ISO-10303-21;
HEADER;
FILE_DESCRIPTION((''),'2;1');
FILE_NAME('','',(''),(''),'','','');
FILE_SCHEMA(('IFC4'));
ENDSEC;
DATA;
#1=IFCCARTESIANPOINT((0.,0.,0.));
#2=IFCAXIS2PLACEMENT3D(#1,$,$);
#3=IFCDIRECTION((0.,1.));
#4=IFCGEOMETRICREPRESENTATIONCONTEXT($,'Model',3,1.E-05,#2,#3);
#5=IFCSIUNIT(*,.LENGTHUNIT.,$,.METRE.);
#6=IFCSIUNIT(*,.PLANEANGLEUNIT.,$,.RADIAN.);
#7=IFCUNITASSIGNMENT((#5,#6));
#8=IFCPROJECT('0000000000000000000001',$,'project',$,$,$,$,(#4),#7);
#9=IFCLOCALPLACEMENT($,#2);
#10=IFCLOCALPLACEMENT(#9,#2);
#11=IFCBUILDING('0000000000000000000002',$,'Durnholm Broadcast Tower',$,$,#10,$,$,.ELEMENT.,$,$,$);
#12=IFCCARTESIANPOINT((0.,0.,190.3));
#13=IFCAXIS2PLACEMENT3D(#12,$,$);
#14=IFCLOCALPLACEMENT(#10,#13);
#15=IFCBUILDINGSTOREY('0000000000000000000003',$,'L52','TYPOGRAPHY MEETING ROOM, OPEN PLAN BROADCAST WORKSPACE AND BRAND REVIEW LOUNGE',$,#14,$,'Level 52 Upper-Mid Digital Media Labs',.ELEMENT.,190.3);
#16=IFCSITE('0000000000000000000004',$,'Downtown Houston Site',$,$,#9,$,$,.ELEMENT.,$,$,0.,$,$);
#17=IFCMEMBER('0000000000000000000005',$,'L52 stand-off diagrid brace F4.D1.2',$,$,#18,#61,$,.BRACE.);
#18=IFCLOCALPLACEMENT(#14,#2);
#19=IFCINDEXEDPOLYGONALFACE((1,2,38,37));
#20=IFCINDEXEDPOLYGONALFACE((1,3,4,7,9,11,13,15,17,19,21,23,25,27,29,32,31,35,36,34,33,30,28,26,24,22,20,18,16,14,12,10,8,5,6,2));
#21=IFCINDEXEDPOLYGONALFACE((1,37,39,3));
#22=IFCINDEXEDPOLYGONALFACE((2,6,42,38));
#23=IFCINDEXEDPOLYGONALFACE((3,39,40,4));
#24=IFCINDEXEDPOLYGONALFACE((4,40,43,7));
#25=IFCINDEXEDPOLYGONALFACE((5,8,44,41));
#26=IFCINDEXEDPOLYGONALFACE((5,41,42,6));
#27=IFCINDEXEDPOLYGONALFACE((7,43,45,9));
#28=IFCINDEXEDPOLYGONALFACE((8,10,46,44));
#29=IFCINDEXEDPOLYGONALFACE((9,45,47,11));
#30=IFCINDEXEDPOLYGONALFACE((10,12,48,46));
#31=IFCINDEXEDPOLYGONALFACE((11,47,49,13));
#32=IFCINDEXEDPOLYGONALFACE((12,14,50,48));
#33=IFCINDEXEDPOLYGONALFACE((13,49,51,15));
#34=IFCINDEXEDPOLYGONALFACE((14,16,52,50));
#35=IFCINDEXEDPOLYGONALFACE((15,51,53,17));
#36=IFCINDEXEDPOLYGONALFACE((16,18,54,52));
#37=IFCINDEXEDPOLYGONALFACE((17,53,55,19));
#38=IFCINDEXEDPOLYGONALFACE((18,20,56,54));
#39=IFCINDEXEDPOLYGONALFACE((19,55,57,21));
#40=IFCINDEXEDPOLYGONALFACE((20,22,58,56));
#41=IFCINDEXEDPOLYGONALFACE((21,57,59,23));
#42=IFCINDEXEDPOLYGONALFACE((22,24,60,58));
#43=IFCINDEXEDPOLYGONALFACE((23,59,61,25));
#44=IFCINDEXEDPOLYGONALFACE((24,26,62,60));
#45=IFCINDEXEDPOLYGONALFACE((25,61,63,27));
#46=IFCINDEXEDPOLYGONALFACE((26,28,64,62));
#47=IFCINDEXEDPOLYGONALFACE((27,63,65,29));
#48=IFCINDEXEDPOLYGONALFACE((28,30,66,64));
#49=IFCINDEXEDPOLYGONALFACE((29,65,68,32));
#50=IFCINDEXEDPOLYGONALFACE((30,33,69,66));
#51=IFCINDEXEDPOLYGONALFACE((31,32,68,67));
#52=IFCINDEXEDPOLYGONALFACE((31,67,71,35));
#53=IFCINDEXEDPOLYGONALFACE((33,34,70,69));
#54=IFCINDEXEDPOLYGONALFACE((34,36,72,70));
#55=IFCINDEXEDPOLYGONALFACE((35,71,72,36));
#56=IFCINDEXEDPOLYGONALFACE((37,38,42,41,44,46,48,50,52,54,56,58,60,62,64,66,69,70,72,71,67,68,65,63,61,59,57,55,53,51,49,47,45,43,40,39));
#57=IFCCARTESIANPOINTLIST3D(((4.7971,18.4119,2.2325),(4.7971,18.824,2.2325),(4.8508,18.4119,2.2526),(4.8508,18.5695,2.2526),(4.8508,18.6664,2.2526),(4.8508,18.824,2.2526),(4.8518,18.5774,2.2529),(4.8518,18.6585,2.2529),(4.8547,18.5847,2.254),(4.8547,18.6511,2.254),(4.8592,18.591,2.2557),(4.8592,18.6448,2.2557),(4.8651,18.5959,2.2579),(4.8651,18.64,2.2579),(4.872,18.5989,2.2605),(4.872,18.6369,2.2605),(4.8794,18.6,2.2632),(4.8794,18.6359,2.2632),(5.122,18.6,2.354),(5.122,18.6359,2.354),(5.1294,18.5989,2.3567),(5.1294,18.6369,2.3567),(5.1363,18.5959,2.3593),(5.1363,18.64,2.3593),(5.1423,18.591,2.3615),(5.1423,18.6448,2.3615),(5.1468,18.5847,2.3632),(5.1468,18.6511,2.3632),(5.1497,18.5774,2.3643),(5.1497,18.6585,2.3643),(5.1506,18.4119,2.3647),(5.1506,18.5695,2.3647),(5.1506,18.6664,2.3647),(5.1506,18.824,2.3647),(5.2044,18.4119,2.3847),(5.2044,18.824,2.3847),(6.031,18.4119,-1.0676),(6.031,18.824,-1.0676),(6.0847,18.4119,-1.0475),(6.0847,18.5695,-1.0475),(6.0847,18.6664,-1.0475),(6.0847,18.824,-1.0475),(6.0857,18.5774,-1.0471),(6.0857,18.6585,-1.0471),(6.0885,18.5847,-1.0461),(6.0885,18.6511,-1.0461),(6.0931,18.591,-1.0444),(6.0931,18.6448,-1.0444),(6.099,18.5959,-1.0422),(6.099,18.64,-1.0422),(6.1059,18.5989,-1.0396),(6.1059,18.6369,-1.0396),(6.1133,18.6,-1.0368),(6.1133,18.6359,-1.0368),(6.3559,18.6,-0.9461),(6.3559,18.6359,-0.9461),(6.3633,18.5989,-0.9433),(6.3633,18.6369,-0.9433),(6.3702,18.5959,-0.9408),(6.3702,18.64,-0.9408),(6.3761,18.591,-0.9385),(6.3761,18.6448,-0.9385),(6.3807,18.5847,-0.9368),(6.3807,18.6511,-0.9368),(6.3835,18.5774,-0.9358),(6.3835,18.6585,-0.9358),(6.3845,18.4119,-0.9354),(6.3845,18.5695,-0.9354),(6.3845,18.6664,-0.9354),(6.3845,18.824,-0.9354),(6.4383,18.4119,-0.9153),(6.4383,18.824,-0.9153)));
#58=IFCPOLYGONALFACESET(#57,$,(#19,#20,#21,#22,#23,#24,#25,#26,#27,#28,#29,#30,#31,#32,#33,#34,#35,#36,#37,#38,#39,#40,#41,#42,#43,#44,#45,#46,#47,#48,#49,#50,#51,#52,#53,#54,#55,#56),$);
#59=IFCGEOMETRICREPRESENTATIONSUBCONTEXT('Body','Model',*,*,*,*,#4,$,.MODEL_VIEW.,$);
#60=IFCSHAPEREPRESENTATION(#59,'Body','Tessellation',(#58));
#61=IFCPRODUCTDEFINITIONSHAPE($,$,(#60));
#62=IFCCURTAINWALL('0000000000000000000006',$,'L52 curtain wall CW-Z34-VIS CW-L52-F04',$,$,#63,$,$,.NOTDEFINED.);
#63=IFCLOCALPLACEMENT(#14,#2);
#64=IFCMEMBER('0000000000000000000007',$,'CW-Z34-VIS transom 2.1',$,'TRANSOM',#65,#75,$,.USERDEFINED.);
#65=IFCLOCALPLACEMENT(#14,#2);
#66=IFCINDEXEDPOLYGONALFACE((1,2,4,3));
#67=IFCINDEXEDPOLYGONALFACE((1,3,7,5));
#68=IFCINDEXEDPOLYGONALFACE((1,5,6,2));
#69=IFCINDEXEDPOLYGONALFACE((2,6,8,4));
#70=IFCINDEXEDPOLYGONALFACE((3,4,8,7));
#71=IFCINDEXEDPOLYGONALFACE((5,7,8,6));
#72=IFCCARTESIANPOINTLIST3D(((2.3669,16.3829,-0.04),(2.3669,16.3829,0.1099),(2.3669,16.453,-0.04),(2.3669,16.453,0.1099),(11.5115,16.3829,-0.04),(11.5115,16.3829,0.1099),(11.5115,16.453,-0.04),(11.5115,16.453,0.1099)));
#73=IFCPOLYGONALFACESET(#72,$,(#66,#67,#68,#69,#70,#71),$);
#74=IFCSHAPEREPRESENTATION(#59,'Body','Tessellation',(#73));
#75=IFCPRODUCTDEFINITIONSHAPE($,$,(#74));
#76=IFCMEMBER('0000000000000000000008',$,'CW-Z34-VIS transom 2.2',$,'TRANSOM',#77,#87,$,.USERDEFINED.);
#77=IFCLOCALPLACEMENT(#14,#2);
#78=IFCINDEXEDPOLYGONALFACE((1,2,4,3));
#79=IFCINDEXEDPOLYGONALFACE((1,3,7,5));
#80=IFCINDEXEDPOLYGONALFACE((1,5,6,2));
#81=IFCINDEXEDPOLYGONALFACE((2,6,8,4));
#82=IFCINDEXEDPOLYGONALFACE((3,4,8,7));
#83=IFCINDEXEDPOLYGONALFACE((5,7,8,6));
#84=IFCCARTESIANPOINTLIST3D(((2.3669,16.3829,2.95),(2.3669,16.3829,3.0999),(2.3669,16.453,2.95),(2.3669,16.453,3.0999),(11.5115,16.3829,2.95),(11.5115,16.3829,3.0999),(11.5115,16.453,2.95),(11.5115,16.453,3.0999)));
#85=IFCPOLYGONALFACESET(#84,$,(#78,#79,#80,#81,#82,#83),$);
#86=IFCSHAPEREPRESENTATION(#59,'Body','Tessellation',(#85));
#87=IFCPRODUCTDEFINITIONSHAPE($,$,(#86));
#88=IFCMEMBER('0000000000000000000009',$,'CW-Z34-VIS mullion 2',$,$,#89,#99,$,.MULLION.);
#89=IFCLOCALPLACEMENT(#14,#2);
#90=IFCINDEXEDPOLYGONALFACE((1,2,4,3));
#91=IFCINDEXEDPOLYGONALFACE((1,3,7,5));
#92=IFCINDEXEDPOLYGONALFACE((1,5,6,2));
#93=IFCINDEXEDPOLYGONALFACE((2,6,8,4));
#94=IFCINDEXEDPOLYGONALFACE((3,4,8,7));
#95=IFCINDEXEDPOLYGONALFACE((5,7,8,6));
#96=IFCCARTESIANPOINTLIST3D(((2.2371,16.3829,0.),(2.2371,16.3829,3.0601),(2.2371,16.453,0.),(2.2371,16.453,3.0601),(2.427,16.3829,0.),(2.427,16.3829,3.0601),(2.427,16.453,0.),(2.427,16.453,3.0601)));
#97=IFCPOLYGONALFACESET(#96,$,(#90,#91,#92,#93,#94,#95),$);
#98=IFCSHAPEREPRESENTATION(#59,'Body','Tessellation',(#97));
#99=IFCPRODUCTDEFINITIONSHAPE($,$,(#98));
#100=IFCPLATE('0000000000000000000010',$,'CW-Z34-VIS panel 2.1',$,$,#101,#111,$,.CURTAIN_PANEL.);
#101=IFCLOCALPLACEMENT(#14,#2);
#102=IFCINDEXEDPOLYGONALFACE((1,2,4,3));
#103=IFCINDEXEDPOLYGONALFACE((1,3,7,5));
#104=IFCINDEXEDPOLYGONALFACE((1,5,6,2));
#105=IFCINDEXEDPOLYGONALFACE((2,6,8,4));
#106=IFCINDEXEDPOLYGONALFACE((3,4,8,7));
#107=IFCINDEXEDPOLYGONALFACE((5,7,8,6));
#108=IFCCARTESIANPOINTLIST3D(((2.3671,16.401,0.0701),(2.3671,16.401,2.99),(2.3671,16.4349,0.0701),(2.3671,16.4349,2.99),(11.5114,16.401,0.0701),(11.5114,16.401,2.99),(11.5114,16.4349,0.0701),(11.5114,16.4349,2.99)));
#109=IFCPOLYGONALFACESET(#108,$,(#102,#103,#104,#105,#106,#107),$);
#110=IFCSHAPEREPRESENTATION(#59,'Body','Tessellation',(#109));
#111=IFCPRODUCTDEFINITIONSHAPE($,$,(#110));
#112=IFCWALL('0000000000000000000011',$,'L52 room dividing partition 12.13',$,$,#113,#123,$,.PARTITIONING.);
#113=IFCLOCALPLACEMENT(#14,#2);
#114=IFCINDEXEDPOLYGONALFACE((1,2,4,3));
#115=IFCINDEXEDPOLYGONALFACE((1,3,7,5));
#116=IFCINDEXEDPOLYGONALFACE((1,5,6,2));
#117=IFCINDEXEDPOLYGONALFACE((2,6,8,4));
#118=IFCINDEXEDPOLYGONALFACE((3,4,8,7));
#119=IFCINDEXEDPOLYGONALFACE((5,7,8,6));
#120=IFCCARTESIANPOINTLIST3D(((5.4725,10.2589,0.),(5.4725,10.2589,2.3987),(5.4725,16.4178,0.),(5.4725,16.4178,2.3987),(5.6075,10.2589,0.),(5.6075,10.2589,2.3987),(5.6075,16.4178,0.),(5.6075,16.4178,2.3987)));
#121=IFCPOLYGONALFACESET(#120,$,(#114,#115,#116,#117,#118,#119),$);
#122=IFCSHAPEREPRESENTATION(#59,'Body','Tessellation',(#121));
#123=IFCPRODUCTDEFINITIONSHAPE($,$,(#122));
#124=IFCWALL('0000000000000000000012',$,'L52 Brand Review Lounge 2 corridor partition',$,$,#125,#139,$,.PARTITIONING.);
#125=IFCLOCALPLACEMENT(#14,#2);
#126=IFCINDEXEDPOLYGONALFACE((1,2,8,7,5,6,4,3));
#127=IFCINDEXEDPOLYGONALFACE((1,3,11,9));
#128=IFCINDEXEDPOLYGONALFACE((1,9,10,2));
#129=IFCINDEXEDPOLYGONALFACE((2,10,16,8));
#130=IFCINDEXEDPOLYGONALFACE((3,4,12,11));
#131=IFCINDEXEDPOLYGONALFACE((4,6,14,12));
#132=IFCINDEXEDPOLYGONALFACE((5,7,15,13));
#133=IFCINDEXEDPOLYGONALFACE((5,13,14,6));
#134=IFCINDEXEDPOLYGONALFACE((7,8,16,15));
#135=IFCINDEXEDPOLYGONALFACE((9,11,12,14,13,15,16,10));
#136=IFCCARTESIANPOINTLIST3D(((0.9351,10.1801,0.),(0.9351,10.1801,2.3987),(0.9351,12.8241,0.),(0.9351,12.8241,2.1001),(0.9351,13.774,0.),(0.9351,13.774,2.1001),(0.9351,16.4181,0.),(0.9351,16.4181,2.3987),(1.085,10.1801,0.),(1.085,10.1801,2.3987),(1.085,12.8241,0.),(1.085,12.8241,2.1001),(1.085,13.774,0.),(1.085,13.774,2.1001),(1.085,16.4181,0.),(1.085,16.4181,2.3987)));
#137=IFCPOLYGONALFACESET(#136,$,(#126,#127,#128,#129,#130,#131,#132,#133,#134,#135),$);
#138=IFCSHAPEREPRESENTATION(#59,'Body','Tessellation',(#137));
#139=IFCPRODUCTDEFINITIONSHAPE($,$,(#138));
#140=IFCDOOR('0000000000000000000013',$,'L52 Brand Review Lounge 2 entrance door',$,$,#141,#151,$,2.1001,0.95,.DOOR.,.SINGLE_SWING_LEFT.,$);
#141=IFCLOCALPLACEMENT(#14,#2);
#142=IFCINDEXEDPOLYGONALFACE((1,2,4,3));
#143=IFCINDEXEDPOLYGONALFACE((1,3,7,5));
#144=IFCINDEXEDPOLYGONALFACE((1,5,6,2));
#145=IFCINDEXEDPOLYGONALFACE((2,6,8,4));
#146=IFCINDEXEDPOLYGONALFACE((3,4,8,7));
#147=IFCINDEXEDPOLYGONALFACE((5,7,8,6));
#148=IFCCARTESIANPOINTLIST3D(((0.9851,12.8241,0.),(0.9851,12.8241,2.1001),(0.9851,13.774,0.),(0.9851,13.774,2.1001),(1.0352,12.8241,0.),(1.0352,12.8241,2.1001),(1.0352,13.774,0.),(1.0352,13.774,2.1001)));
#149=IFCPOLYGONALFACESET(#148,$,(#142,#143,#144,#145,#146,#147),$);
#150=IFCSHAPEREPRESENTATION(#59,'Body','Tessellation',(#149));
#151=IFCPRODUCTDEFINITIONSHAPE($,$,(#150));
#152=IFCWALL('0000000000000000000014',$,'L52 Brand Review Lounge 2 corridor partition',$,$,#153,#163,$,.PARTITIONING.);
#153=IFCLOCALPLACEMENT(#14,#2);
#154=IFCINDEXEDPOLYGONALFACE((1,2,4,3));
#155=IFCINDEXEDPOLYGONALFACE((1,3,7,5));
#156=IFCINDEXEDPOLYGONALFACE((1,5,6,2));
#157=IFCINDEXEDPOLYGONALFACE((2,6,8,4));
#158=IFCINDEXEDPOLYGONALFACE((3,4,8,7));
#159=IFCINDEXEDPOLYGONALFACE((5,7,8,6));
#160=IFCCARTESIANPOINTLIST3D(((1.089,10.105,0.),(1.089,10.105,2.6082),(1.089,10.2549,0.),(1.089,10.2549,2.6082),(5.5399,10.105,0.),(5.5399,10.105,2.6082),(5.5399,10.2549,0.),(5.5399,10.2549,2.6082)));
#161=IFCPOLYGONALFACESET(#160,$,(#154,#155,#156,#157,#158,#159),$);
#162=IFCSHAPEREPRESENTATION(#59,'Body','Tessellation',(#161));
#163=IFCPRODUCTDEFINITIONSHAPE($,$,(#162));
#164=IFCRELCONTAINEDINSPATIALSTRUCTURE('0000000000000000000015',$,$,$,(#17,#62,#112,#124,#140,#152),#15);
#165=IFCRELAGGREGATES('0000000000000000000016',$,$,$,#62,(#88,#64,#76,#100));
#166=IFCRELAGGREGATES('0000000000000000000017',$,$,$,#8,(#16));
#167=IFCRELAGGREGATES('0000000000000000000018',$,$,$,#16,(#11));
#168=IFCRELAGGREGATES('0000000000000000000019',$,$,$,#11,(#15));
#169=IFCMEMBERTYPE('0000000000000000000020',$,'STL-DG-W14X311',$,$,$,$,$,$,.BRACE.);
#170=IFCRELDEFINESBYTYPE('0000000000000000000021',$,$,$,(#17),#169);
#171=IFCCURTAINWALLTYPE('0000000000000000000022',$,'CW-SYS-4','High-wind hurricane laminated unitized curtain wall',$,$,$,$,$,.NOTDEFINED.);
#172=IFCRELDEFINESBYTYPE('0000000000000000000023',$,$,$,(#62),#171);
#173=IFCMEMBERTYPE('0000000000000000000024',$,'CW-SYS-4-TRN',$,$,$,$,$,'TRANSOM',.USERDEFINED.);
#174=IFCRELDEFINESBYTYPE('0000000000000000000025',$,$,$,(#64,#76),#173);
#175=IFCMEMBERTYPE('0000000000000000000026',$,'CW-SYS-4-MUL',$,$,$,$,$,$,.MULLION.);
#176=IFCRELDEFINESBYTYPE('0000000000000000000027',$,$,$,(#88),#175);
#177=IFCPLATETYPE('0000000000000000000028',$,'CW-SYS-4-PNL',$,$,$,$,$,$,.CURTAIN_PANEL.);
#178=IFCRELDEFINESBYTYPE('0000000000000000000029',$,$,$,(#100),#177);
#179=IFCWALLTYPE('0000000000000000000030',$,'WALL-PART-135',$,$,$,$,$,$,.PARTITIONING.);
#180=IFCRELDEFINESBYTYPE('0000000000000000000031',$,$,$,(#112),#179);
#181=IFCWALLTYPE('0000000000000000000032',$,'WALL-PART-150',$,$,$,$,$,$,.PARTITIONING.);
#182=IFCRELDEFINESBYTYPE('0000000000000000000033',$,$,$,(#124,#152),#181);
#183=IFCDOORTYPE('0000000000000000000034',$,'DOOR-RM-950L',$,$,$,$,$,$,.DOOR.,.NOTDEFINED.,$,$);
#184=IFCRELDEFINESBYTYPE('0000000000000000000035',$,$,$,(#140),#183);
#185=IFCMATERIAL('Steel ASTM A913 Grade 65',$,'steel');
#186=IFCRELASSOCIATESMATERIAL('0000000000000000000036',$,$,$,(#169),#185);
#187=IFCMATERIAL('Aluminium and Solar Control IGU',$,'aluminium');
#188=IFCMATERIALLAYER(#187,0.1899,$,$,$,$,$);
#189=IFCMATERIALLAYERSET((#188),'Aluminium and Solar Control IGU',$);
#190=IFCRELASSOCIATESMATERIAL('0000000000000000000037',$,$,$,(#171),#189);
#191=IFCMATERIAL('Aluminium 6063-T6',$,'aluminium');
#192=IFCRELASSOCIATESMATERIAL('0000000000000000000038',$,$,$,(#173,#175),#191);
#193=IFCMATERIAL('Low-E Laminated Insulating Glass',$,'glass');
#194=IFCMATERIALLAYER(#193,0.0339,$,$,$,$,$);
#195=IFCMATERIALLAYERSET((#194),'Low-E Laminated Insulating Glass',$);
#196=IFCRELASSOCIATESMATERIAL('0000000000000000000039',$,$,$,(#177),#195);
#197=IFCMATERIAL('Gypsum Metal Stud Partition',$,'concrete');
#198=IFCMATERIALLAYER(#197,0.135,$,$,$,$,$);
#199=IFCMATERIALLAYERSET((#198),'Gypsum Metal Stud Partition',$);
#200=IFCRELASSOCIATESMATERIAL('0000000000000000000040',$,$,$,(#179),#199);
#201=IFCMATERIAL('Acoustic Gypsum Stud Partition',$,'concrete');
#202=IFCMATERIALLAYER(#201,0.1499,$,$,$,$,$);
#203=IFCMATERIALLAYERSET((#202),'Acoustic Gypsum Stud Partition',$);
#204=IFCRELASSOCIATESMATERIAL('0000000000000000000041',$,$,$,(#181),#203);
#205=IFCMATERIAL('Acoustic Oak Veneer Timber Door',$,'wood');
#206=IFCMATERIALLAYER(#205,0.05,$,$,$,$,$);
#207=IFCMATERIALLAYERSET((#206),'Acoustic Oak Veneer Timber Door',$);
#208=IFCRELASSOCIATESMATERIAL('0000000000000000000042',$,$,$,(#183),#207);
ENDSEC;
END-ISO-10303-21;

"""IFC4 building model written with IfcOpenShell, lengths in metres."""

from ifc_helpers import new_model, si_unit, direction, frame, frame_2d, origin, origin_2d, place, context, subcontext, project, spatial, rectangle, i_section, extrude, source, transform, mapped, material, layer, layer_set, material_profile, profile_set, type_object, type_shapes, element, fill, aggregate, save


model = new_model("IFC4")

# Units and contexts
model_context = context("Model", 3, precision=1e-05, world=origin(), true_north=direction((0.0, 1.0)))
body_context = subcontext(model_context, "Body", "Model", "MODEL_VIEW")
ifc_project = project(units=[si_unit("LENGTHUNIT", "METRE"), si_unit("PLANEANGLEUNIT", "RADIAN")], contexts=[model_context])

# Site, building, storey
site_placement = place(None, origin())
site = spatial("IfcSite", under=ifc_project, at=site_placement, Name="Downtown Houston Site", CompositionType="ELEMENT", RefElevation=0.0)
building_placement = place(site_placement, origin())
building = spatial("IfcBuilding", under=site, at=building_placement, Name="Durnholm Broadcast Tower", CompositionType="ELEMENT")
storey_placement = place(building_placement, frame((0.0, 0.0, 190.3)))
storey = spatial("IfcBuildingStorey", under=building, at=storey_placement, Name="L52", Description="TYPOGRAPHY MEETING ROOM, OPEN PLAN BROADCAST WORKSPACE AND BRAND REVIEW LOUNGE", LongName="Level 52 Upper-Mid Digital Media Labs", CompositionType="ELEMENT", Elevation=190.3)

# Member
ifc_material_1 = material(Name="Steel ASTM A913 Grade 65", Category="steel")
ifc_material_profile_1 = material_profile(ifc_material_1, i_section(OverallWidth=0.4121, OverallDepth=0.4348, WebThickness=0.0359, FlangeThickness=0.0574, FilletRadius=0.0305, at=origin_2d()), Name="W14X311")
ifc_profile_set_1 = profile_set([ifc_material_profile_1], Name="Steel ASTM A913 Grade 65")
member_type_1 = type_object("IfcMemberType", Name="STL-DG-W14X311", PredefinedType="BRACE", material=ifc_profile_set_1)
shared_shape_1 = source(origin(), body_context, "Body", "SweptSolid", [
    extrude(i_section(OverallWidth=0.4121, OverallDepth=0.4348, WebThickness=0.0359, FlangeThickness=0.0574, FilletRadius=0.0305, at=origin_2d()), origin(), (0.0, 0.0, 1.0), 3.5232),
])
type_shapes(member_type_1, [shared_shape_1])
for number, where, z_axis, x_axis, name in (
    (1, (6.2346, 18.6179, -0.9915), (-0.35022, 0.0, 0.936668), (0.0, -1.0, 0.0), "L52 stand-off diagrid brace F4.D1.2"),
):
    element("IfcMember", number, at=place(storey_placement, frame(where, z_axis=z_axis, x_axis=x_axis)), inside=storey, type_object=member_type_1, Name=name, PredefinedType="BRACE", context=body_context, shape_type="MappedRepresentation", body=[
        mapped(shared_shape_1, transform((0.0, 0.0, 0.0), x_axis=(1.0, 0.0, 0.0), y_axis=(0.0, 1.0, 0.0), z_axis=(0.0, 0.0, 1.0), scale=1.0)),
    ])

# Curtain wall, members, plate
ifc_material_2 = material(Name="Aluminium and Solar Control IGU", Category="aluminium")
ifc_layer_1 = layer(ifc_material_2, 0.1899)
ifc_layer_set_1 = layer_set([ifc_layer_1], Name="Aluminium and Solar Control IGU")
curtain_wall_type = type_object("IfcCurtainWallType", Name="CW-SYS-4", Description="High-wind hurricane laminated unitized curtain wall", PredefinedType="NOTDEFINED", material=ifc_layer_set_1)
curtain_wall_placement = place(storey_placement, origin())
curtain_wall = element("IfcCurtainWall", 2, at=curtain_wall_placement, inside=storey, type_object=curtain_wall_type, Name="L52 curtain wall CW-Z34-VIS CW-L52-F04", PredefinedType="NOTDEFINED")
ifc_material_3 = material(Name="Aluminium 6063-T6", Category="aluminium")
ifc_material_profile_2 = material_profile(ifc_material_3, rectangle(XDim=0.0701, YDim=0.1499, at=origin_2d()), Name="CWT70X150")
ifc_profile_set_2 = profile_set([ifc_material_profile_2], Name="Aluminium 6063-T6")
member_type_2 = type_object("IfcMemberType", Name="CW-SYS-4-TRN", ElementType="TRANSOM", PredefinedType="USERDEFINED", material=ifc_profile_set_2)
shared_shape_2 = source(origin(), body_context, "Body", "SweptSolid", [
    extrude(rectangle(XDim=0.0701, YDim=0.1499, at=origin_2d()), origin(), (0.0, 0.0, 1.0), 9.1445),
])
type_shapes(member_type_2, [shared_shape_2])
member_1_placement = place(storey_placement, frame((2.3669, 16.418, 0.0349), z_axis=(1.0, 0.0, 0.0), x_axis=(0.0, 1.0, 0.0)))
member_1 = element("IfcMember", 3, at=member_1_placement, type_object=member_type_2, Name="CW-Z34-VIS transom 2.1", ObjectType="TRANSOM", PredefinedType="USERDEFINED", context=body_context, shape_type="MappedRepresentation", body=[
    mapped(shared_shape_2, transform((0.0, 0.0, 0.0), x_axis=(1.0, 0.0, 0.0), y_axis=(0.0, 1.0, 0.0), z_axis=(0.0, 0.0, 1.0), scale=1.0)),
])
member_2_placement = place(storey_placement, frame((2.3669, 16.418, 3.0249), z_axis=(1.0, 0.0, 0.0), x_axis=(0.0, 1.0, 0.0)))
member_2 = element("IfcMember", 4, at=member_2_placement, type_object=member_type_2, Name="CW-Z34-VIS transom 2.2", ObjectType="TRANSOM", PredefinedType="USERDEFINED", context=body_context, shape_type="MappedRepresentation", body=[
    mapped(shared_shape_2, transform((0.0, 0.0, 0.0), x_axis=(1.0, 0.0, 0.0), y_axis=(0.0, 1.0, 0.0), z_axis=(0.0, 0.0, 1.0), scale=1.0)),
])
ifc_material_profile_3 = material_profile(ifc_material_3, rectangle(XDim=0.0701, YDim=0.1899, at=origin_2d()), Name="CWM70X190")
ifc_profile_set_3 = profile_set([ifc_material_profile_3], Name="Aluminium 6063-T6")
member_type_3 = type_object("IfcMemberType", Name="CW-SYS-4-MUL", PredefinedType="MULLION", material=ifc_profile_set_3)
shared_shape_3 = source(origin(), body_context, "Body", "SweptSolid", [
    extrude(rectangle(XDim=0.0701, YDim=0.1899, at=origin_2d()), origin(), (0.0, 0.0, 1.0), 3.0601),
])
type_shapes(member_type_3, [shared_shape_3])
member_3_placement = place(storey_placement, frame((2.332, 16.418, 0.0), z_axis=(0.0, 0.0, 1.0), x_axis=(0.0, 1.0, 0.0)))
member_3 = element("IfcMember", 5, at=member_3_placement, type_object=member_type_3, Name="CW-Z34-VIS mullion 2", PredefinedType="MULLION", context=body_context, shape_type="MappedRepresentation", body=[
    mapped(shared_shape_3, transform((0.0, 0.0, 0.0), x_axis=(1.0, 0.0, 0.0), y_axis=(0.0, 1.0, 0.0), z_axis=(0.0, 0.0, 1.0), scale=1.0)),
])
ifc_material_4 = material(Name="Low-E Laminated Insulating Glass", Category="glass")
ifc_layer_2 = layer(ifc_material_4, 0.0339)
ifc_layer_set_2 = layer_set([ifc_layer_2], Name="Low-E Laminated Insulating Glass")
plate_type = type_object("IfcPlateType", Name="CW-SYS-4-PNL", PredefinedType="CURTAIN_PANEL", material=ifc_layer_set_2)
shared_shape_4 = source(origin(), body_context, "Body", "SweptSolid", [
    extrude(rectangle(XDim=9.1443, YDim=0.0339, at=origin_2d()), origin(), (0.0, 0.0, 1.0), 2.9199),
])
type_shapes(plate_type, [shared_shape_4])
plate_placement = place(storey_placement, frame((6.9392, 16.418, 0.0701), z_axis=(0.0, 0.0, 1.0), x_axis=(1.0, 0.0, 0.0)))
plate = element("IfcPlate", 6, at=plate_placement, type_object=plate_type, Name="CW-Z34-VIS panel 2.1", PredefinedType="CURTAIN_PANEL", context=body_context, shape_type="MappedRepresentation", body=[
    mapped(shared_shape_4, transform((0.0, 0.0, 0.0), x_axis=(1.0, 0.0, 0.0), y_axis=(0.0, 1.0, 0.0), z_axis=(0.0, 0.0, 1.0), scale=1.0)),
])
aggregate(curtain_wall, [member_3, member_1, member_2, plate])

# Wall
ifc_material_5 = material(Name="Gypsum Metal Stud Partition", Category="concrete")
ifc_layer_3 = layer(ifc_material_5, 0.135)
ifc_layer_set_3 = layer_set([ifc_layer_3], Name="Gypsum Metal Stud Partition")
wall_type_1 = type_object("IfcWallType", Name="WALL-PART-135", PredefinedType="PARTITIONING", material=ifc_layer_set_3)
wall_1_placement = place(storey_placement, frame((5.54, 16.418, 0.0), z_axis=(0.0, 0.0, 1.0), x_axis=(0.0, -1.0, 0.0)))
element("IfcWall", 7, at=wall_1_placement, inside=storey, type_object=wall_type_1, Name="L52 room dividing partition 12.13", PredefinedType="PARTITIONING", context=body_context, shape_type="SweptSolid", body=[
    extrude(rectangle(XDim=6.1589, YDim=0.135, at=frame_2d((3.0796, 0.0))), origin(), (0.0, 0.0, 1.0), 2.3987),
])

# Wall, opening, door
ifc_material_6 = material(Name="Acoustic Gypsum Stud Partition", Category="concrete")
ifc_layer_4 = layer(ifc_material_6, 0.1499)
ifc_layer_set_4 = layer_set([ifc_layer_4], Name="Acoustic Gypsum Stud Partition")
wall_type_2 = type_object("IfcWallType", Name="WALL-PART-150", PredefinedType="PARTITIONING", material=ifc_layer_set_4)
wall_2_placement = place(storey_placement, frame((1.01, 10.1799, 0.0), z_axis=(0.0, 0.0, 1.0), x_axis=(0.0, 1.0, 0.0)))
wall_2 = element("IfcWall", 8, at=wall_2_placement, inside=storey, type_object=wall_type_2, Name="L52 Brand Review Lounge 2 corridor partition", PredefinedType="PARTITIONING", context=body_context, shape_type="SweptSolid", body=[
    extrude(rectangle(XDim=6.238, YDim=0.1499, at=frame_2d((3.1191, 0.0))), origin(), (0.0, 0.0, 1.0), 2.3987),
])
opening_placement = place(wall_2_placement, frame((2.644, 0.0, 0.0)))
opening = element("IfcOpeningElement", 9, at=opening_placement, cuts=wall_2, PredefinedType="OPENING", context=body_context, shape_type="SweptSolid", body=[
    extrude(rectangle(XDim=0.95, YDim=2.1001, at=frame_2d((0.4751, 1.05))), frame((0.0, 0.085, 0.0), z_axis=(0.0, -1.0, 0.0), x_axis=(1.0, 0.0, 0.0)), (0.0, 0.0, 1.0), 0.1699),
])
ifc_material_7 = material(Name="Acoustic Oak Veneer Timber Door", Category="wood")
ifc_layer_5 = layer(ifc_material_7, 0.05)
ifc_layer_set_5 = layer_set([ifc_layer_5], Name="Acoustic Oak Veneer Timber Door")
door_type = type_object("IfcDoorType", Name="DOOR-RM-950L", OperationType="NOTDEFINED", PredefinedType="DOOR", material=ifc_layer_set_5)
shared_shape_5 = source(origin(), body_context, "Body", "SweptSolid", [
    extrude(rectangle(XDim=0.95, YDim=2.1001, at=frame_2d((0.4751, 1.05))), frame((0.0, 0.0249, 0.0), z_axis=(0.0, -1.0, 0.0), x_axis=(1.0, 0.0, 0.0)), (0.0, 0.0, 1.0), 0.05),
])
type_shapes(door_type, [shared_shape_5])
door_placement = place(opening_placement, origin())
door = element("IfcDoor", 10, at=door_placement, inside=storey, type_object=door_type, Name="L52 Brand Review Lounge 2 entrance door", OperationType="SINGLE_SWING_LEFT", OverallHeight=2.1001, OverallWidth=0.95, PredefinedType="DOOR", context=body_context, shape_type="MappedRepresentation", body=[
    mapped(shared_shape_5, transform((0.0, 0.0, 0.0), x_axis=(1.0, 0.0, 0.0), y_axis=(0.0, 1.0, 0.0), z_axis=(0.0, 0.0, 1.0), scale=1.0)),
])
fill(opening, door)

# Wall
wall_3_placement = place(storey_placement, frame((5.54, 10.1799, 0.0), z_axis=(0.0, 0.0, 1.0), x_axis=(-1.0, 0.0, 0.0)))
element("IfcWall", 11, at=wall_3_placement, inside=storey, type_object=wall_type_2, Name="L52 Brand Review Lounge 2 corridor partition", PredefinedType="PARTITIONING", context=body_context, shape_type="SweptSolid", body=[
    extrude(rectangle(XDim=4.4509, YDim=0.1499, at=frame_2d((2.2256, 0.0))), origin(), (0.0, 0.0, 1.0), 2.6082),
])

save(model, "model.ifc")
